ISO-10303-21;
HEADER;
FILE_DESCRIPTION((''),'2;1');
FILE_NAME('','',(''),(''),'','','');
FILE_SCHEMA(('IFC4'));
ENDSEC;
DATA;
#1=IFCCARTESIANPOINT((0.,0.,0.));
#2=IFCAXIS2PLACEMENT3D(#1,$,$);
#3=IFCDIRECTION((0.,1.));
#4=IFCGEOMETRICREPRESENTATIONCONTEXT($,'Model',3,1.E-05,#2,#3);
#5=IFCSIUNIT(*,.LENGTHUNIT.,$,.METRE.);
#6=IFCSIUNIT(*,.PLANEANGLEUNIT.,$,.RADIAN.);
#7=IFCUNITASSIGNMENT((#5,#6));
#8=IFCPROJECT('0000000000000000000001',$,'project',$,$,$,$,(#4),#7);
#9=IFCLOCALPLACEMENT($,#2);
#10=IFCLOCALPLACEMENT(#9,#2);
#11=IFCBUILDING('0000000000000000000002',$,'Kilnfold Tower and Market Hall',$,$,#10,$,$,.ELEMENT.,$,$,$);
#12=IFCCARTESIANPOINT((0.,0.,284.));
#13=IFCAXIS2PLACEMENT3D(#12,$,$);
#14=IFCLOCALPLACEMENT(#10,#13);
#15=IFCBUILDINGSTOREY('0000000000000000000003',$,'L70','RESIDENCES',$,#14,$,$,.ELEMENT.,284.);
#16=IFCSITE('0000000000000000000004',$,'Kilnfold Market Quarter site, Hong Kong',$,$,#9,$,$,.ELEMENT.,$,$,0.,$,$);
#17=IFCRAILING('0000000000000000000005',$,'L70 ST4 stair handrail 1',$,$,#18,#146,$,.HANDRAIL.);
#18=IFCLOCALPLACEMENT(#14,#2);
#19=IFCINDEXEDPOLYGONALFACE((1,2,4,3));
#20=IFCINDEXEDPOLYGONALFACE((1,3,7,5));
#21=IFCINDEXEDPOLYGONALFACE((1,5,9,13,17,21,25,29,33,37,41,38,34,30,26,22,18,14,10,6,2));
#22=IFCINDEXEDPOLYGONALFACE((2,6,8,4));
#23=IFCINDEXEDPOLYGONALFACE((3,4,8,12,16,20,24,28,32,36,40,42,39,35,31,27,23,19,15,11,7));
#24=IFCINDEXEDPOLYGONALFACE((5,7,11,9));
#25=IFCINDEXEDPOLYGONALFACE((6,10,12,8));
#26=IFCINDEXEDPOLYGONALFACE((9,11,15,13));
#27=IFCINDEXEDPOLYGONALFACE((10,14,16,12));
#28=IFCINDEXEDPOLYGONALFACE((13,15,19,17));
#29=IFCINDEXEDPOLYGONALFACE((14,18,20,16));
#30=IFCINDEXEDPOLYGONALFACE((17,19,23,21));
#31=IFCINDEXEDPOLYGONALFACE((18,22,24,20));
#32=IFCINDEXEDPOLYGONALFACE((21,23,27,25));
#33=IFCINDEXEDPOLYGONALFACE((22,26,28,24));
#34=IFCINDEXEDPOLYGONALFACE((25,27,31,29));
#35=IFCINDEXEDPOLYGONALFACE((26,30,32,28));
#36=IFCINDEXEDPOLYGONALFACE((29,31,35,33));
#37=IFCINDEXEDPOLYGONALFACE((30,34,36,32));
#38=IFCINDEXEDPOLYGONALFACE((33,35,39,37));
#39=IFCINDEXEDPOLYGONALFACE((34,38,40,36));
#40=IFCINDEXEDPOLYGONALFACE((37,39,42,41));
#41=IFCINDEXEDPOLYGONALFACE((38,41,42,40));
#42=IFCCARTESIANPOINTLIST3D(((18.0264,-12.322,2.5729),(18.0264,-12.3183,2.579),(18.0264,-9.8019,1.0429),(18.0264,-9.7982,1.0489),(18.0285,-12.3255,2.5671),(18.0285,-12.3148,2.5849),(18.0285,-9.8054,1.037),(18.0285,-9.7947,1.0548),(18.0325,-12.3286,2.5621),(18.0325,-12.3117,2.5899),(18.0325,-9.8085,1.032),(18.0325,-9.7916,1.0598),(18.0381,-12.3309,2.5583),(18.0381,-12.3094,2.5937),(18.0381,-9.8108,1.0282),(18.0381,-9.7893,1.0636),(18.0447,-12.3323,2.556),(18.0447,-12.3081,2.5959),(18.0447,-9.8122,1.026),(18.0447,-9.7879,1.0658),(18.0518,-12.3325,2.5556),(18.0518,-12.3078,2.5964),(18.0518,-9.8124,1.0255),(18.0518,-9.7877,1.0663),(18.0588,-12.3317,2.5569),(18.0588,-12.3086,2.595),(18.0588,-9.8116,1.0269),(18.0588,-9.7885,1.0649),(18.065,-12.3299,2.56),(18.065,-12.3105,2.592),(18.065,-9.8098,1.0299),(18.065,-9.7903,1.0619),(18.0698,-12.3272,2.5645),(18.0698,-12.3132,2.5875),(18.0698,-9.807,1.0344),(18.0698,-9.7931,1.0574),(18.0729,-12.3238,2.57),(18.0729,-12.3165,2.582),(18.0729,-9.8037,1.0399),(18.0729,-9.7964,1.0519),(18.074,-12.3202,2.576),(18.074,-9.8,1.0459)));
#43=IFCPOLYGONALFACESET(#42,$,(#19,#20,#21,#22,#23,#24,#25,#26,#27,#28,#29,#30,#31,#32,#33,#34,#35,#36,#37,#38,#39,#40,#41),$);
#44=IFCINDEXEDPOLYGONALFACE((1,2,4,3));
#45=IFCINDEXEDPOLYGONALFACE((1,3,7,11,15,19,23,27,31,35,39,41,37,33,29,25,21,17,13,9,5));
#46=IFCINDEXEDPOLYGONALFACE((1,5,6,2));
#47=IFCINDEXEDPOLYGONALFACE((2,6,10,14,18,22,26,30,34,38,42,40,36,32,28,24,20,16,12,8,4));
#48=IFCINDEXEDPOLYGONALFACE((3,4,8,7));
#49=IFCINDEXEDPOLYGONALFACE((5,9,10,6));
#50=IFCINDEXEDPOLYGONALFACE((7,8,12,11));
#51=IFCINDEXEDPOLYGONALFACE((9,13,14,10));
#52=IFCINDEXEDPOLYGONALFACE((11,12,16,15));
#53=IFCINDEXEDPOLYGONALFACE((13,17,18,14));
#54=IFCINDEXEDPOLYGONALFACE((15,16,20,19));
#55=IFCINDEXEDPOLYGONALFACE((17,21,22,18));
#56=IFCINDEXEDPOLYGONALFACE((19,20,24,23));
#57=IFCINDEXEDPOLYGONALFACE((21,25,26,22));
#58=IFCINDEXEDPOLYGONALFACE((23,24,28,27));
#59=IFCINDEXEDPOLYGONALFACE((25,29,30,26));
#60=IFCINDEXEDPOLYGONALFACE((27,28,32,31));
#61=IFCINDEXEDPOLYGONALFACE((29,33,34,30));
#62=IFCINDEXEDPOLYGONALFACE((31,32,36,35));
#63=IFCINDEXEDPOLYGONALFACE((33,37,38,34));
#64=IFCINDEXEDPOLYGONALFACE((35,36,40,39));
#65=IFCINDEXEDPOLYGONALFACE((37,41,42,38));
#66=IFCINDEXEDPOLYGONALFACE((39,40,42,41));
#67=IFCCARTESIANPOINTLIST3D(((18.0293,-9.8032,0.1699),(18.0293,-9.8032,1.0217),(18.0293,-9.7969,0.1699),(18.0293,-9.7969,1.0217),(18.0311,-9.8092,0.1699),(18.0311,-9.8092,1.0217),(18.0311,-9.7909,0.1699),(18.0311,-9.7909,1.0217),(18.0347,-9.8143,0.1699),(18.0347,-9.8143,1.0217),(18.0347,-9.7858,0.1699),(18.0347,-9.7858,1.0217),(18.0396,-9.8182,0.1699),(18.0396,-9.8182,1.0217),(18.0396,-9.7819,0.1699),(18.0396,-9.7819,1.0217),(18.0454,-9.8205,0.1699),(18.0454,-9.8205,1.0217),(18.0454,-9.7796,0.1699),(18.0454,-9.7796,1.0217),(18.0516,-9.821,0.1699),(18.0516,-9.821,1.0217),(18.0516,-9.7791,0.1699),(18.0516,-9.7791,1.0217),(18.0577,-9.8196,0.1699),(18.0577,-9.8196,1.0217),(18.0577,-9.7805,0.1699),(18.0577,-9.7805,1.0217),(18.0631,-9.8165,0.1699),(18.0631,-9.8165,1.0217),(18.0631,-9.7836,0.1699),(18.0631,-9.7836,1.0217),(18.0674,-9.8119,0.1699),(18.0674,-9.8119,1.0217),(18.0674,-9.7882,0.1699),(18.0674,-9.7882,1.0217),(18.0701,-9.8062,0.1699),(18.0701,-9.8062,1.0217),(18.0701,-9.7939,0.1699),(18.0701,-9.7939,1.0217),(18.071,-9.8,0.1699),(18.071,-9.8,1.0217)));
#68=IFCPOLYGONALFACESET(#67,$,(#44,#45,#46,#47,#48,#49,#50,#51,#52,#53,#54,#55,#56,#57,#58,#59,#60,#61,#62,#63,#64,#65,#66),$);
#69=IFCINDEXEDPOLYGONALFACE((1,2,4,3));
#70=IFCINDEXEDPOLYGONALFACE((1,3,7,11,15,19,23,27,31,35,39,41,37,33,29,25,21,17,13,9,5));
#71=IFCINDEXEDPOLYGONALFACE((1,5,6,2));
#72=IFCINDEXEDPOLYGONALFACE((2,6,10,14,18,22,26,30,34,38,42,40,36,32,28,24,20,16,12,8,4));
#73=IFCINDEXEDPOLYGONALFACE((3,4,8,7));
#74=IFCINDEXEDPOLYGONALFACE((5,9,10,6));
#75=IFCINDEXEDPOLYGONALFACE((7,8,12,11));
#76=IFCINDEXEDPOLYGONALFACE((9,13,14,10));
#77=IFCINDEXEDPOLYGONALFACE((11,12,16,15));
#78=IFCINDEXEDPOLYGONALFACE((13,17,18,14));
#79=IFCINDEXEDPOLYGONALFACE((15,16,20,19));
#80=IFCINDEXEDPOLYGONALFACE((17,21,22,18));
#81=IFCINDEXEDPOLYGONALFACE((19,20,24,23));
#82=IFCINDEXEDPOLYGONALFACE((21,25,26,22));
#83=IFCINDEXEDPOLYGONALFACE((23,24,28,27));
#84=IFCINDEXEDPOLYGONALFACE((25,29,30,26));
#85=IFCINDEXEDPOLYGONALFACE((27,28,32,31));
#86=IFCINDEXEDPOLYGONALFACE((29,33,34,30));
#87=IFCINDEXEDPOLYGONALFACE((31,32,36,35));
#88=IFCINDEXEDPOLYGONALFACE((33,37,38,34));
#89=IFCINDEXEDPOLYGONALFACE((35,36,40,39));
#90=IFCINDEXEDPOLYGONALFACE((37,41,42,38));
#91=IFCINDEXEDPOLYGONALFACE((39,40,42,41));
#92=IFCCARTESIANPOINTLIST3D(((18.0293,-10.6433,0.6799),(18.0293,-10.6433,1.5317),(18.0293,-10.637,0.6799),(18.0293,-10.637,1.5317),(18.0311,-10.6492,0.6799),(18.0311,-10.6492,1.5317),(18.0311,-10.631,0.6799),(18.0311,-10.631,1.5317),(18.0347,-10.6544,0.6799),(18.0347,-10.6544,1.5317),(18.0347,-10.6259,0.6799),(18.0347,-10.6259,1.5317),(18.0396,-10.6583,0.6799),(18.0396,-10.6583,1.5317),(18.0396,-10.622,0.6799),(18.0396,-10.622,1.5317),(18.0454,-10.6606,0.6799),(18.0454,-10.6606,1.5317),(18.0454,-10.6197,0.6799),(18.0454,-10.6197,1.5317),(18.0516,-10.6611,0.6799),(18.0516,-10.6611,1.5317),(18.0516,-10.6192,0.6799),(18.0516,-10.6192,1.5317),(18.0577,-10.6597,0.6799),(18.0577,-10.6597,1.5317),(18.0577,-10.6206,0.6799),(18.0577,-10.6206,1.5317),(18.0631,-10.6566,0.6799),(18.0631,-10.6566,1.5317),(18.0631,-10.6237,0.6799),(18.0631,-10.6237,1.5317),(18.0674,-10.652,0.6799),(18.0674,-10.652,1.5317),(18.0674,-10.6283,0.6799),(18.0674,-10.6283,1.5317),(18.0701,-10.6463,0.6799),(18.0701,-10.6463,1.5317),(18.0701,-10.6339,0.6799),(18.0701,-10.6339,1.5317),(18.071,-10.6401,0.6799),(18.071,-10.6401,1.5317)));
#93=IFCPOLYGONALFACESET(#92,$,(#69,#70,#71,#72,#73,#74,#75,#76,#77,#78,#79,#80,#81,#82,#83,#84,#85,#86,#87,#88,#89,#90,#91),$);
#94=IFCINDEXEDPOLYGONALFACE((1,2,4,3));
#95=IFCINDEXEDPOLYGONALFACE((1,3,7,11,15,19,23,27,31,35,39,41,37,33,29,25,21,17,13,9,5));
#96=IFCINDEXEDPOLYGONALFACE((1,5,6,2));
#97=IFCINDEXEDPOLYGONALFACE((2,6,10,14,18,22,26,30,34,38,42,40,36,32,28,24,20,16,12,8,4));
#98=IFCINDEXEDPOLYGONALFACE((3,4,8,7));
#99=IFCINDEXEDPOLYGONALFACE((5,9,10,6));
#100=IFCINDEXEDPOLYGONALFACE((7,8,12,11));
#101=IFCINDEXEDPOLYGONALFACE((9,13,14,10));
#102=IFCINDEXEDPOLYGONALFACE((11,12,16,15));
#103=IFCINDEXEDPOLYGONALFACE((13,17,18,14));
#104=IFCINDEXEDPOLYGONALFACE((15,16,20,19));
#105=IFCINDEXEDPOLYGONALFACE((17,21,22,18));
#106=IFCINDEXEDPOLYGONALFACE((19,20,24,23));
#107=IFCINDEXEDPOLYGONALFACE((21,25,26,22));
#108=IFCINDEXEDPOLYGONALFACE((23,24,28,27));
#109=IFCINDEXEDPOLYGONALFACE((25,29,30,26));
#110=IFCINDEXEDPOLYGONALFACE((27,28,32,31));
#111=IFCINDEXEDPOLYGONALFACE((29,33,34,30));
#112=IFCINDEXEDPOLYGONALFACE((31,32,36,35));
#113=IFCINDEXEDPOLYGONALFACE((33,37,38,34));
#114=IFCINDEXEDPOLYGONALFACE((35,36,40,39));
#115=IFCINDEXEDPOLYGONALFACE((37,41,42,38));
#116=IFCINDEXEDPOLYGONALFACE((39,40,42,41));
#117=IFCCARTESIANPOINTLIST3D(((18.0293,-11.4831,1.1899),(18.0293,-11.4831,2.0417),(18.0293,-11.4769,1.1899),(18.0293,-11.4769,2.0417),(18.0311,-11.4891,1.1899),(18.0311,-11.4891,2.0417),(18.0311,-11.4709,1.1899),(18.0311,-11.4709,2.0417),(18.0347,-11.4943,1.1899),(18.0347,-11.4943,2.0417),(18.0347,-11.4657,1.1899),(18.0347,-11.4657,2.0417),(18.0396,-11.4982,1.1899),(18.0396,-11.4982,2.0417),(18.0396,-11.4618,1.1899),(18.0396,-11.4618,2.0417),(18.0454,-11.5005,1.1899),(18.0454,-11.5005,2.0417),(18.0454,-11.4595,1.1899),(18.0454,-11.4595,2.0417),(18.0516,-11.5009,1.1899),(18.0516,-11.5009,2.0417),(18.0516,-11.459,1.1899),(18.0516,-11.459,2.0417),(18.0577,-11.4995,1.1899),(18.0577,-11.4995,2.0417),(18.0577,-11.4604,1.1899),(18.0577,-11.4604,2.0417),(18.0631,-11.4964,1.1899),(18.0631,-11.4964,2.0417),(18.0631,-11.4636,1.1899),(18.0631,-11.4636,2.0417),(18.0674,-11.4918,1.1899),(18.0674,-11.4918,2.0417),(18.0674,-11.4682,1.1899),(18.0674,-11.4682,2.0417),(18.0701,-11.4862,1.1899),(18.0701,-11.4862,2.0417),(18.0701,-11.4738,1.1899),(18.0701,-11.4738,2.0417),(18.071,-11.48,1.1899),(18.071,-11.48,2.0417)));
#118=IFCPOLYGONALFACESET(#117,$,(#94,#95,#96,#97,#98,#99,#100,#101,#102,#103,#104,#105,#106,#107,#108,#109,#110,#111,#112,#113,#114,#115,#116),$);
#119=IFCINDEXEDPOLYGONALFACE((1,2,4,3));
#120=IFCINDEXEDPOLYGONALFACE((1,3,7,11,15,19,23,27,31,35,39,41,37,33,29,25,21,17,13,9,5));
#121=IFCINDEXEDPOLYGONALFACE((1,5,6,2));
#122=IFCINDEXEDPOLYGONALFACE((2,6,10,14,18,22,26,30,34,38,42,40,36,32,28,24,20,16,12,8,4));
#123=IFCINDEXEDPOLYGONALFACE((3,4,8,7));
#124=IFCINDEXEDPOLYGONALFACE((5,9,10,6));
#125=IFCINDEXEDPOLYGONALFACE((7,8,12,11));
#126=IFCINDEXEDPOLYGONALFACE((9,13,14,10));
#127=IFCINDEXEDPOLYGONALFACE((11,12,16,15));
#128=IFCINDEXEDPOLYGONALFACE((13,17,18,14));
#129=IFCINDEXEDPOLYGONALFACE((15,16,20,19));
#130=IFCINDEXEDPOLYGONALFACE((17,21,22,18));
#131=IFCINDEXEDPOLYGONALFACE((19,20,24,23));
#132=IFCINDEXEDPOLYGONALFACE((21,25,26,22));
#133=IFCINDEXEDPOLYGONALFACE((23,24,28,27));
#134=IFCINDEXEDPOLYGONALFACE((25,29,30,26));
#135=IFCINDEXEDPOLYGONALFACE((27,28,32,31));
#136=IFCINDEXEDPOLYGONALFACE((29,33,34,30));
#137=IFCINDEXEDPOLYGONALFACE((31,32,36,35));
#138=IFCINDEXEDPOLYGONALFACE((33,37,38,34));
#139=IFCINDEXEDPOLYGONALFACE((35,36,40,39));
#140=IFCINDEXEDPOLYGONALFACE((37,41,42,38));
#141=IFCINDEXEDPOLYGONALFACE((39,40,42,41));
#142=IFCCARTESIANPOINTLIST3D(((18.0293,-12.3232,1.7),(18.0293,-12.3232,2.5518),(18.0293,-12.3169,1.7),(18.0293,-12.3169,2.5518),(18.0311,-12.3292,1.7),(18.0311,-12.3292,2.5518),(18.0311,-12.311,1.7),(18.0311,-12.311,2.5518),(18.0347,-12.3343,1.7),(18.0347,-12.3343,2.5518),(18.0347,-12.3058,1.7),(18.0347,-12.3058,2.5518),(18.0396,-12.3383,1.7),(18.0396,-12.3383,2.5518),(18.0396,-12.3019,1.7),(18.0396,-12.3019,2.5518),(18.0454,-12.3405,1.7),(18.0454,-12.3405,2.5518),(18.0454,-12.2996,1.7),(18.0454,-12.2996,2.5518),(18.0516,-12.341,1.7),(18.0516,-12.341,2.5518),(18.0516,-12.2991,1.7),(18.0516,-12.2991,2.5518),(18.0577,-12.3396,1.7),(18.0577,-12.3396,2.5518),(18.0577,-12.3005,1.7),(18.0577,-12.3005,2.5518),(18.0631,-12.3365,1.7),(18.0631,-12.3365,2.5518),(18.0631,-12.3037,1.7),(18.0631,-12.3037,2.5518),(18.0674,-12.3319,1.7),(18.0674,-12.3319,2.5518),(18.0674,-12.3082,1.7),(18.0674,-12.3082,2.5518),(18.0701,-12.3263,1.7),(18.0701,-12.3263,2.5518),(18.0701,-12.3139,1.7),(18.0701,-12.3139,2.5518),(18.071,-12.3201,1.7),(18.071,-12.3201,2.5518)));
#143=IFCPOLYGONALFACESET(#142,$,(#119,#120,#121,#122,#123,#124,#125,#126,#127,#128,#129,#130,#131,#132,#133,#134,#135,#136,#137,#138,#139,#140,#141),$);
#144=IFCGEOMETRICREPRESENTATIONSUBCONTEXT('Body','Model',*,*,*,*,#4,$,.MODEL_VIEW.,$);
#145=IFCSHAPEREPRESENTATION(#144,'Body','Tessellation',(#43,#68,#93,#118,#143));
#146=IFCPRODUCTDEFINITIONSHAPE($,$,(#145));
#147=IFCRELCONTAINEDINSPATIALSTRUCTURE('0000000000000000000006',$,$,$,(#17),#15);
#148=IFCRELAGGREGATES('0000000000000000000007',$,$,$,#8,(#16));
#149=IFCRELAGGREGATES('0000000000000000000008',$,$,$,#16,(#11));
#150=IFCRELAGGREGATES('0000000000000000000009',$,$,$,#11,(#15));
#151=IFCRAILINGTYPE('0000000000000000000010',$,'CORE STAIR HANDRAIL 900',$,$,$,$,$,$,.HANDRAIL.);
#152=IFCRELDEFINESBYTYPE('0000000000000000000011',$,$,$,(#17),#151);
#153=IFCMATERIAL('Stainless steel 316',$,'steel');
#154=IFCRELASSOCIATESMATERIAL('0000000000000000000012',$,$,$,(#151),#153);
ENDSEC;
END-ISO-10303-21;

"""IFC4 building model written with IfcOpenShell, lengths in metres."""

from ifc_helpers import new_model, si_unit, direction, frame, origin, origin_2d, place, context, subcontext, project, spatial, circle, extrude, material, type_object, element, save


model = new_model("IFC4")

# Units and contexts
model_context = context("Model", 3, precision=1e-05, world=origin(), true_north=direction((0.0, 1.0)))
body_context = subcontext(model_context, "Body", "Model", "MODEL_VIEW")
ifc_project = project(units=[si_unit("LENGTHUNIT", "METRE"), si_unit("PLANEANGLEUNIT", "RADIAN")], contexts=[model_context])

# Site, building, storey
site_placement = place(None, origin())
site = spatial("IfcSite", under=ifc_project, at=site_placement, Name="Kilnfold Market Quarter site, Hong Kong", CompositionType="ELEMENT", RefElevation=0.0)
building_placement = place(site_placement, origin())
building = spatial("IfcBuilding", under=site, at=building_placement, Name="Kilnfold Tower and Market Hall", CompositionType="ELEMENT")
storey_placement = place(building_placement, frame((0.0, 0.0, 284.0)))
storey = spatial("IfcBuildingStorey", under=building, at=storey_placement, Name="L70", Description="RESIDENCES", CompositionType="ELEMENT", Elevation=284.0)

# Railing
ifc_material_1 = material(Name="Stainless steel 316", Category="steel")
railing_type_1 = type_object("IfcRailingType", Name="CORE STAIR HANDRAIL 900", PredefinedType="HANDRAIL", material=ifc_material_1)
railing_1_placement = place(storey_placement, frame((18.05, -9.8, 0.1699)))
element("IfcRailing", 1, at=railing_1_placement, inside=storey, type_object=railing_type_1, Name="L70 ST4 stair handrail 1", PredefinedType="HANDRAIL", context=body_context, shape_type="SweptSolid", body=[
    extrude(circle(Radius=0.0239, at=origin_2d()), frame((0.0, 0.0, 0.876), z_axis=(0.0, -0.854785, 0.518982), x_axis=(1.0, 0.0, 0.0)), (0.0, 0.0, 1.0), 2.9482),
    extrude(circle(Radius=0.021, at=origin_2d()), origin(), (0.0, 0.0, 1.0), 0.8518),
    extrude(circle(Radius=0.021, at=origin_2d()), frame((0.0, -0.8401, 0.51)), (0.0, 0.0, 1.0), 0.8518),
    extrude(circle(Radius=0.021, at=origin_2d()), frame((0.0, -1.6799, 1.02)), (0.0, 0.0, 1.0), 0.8518),
    extrude(circle(Radius=0.021, at=origin_2d()), frame((0.0, -2.52, 1.53)), (0.0, 0.0, 1.0), 0.8518),
])

save(model, "model.ifc")
